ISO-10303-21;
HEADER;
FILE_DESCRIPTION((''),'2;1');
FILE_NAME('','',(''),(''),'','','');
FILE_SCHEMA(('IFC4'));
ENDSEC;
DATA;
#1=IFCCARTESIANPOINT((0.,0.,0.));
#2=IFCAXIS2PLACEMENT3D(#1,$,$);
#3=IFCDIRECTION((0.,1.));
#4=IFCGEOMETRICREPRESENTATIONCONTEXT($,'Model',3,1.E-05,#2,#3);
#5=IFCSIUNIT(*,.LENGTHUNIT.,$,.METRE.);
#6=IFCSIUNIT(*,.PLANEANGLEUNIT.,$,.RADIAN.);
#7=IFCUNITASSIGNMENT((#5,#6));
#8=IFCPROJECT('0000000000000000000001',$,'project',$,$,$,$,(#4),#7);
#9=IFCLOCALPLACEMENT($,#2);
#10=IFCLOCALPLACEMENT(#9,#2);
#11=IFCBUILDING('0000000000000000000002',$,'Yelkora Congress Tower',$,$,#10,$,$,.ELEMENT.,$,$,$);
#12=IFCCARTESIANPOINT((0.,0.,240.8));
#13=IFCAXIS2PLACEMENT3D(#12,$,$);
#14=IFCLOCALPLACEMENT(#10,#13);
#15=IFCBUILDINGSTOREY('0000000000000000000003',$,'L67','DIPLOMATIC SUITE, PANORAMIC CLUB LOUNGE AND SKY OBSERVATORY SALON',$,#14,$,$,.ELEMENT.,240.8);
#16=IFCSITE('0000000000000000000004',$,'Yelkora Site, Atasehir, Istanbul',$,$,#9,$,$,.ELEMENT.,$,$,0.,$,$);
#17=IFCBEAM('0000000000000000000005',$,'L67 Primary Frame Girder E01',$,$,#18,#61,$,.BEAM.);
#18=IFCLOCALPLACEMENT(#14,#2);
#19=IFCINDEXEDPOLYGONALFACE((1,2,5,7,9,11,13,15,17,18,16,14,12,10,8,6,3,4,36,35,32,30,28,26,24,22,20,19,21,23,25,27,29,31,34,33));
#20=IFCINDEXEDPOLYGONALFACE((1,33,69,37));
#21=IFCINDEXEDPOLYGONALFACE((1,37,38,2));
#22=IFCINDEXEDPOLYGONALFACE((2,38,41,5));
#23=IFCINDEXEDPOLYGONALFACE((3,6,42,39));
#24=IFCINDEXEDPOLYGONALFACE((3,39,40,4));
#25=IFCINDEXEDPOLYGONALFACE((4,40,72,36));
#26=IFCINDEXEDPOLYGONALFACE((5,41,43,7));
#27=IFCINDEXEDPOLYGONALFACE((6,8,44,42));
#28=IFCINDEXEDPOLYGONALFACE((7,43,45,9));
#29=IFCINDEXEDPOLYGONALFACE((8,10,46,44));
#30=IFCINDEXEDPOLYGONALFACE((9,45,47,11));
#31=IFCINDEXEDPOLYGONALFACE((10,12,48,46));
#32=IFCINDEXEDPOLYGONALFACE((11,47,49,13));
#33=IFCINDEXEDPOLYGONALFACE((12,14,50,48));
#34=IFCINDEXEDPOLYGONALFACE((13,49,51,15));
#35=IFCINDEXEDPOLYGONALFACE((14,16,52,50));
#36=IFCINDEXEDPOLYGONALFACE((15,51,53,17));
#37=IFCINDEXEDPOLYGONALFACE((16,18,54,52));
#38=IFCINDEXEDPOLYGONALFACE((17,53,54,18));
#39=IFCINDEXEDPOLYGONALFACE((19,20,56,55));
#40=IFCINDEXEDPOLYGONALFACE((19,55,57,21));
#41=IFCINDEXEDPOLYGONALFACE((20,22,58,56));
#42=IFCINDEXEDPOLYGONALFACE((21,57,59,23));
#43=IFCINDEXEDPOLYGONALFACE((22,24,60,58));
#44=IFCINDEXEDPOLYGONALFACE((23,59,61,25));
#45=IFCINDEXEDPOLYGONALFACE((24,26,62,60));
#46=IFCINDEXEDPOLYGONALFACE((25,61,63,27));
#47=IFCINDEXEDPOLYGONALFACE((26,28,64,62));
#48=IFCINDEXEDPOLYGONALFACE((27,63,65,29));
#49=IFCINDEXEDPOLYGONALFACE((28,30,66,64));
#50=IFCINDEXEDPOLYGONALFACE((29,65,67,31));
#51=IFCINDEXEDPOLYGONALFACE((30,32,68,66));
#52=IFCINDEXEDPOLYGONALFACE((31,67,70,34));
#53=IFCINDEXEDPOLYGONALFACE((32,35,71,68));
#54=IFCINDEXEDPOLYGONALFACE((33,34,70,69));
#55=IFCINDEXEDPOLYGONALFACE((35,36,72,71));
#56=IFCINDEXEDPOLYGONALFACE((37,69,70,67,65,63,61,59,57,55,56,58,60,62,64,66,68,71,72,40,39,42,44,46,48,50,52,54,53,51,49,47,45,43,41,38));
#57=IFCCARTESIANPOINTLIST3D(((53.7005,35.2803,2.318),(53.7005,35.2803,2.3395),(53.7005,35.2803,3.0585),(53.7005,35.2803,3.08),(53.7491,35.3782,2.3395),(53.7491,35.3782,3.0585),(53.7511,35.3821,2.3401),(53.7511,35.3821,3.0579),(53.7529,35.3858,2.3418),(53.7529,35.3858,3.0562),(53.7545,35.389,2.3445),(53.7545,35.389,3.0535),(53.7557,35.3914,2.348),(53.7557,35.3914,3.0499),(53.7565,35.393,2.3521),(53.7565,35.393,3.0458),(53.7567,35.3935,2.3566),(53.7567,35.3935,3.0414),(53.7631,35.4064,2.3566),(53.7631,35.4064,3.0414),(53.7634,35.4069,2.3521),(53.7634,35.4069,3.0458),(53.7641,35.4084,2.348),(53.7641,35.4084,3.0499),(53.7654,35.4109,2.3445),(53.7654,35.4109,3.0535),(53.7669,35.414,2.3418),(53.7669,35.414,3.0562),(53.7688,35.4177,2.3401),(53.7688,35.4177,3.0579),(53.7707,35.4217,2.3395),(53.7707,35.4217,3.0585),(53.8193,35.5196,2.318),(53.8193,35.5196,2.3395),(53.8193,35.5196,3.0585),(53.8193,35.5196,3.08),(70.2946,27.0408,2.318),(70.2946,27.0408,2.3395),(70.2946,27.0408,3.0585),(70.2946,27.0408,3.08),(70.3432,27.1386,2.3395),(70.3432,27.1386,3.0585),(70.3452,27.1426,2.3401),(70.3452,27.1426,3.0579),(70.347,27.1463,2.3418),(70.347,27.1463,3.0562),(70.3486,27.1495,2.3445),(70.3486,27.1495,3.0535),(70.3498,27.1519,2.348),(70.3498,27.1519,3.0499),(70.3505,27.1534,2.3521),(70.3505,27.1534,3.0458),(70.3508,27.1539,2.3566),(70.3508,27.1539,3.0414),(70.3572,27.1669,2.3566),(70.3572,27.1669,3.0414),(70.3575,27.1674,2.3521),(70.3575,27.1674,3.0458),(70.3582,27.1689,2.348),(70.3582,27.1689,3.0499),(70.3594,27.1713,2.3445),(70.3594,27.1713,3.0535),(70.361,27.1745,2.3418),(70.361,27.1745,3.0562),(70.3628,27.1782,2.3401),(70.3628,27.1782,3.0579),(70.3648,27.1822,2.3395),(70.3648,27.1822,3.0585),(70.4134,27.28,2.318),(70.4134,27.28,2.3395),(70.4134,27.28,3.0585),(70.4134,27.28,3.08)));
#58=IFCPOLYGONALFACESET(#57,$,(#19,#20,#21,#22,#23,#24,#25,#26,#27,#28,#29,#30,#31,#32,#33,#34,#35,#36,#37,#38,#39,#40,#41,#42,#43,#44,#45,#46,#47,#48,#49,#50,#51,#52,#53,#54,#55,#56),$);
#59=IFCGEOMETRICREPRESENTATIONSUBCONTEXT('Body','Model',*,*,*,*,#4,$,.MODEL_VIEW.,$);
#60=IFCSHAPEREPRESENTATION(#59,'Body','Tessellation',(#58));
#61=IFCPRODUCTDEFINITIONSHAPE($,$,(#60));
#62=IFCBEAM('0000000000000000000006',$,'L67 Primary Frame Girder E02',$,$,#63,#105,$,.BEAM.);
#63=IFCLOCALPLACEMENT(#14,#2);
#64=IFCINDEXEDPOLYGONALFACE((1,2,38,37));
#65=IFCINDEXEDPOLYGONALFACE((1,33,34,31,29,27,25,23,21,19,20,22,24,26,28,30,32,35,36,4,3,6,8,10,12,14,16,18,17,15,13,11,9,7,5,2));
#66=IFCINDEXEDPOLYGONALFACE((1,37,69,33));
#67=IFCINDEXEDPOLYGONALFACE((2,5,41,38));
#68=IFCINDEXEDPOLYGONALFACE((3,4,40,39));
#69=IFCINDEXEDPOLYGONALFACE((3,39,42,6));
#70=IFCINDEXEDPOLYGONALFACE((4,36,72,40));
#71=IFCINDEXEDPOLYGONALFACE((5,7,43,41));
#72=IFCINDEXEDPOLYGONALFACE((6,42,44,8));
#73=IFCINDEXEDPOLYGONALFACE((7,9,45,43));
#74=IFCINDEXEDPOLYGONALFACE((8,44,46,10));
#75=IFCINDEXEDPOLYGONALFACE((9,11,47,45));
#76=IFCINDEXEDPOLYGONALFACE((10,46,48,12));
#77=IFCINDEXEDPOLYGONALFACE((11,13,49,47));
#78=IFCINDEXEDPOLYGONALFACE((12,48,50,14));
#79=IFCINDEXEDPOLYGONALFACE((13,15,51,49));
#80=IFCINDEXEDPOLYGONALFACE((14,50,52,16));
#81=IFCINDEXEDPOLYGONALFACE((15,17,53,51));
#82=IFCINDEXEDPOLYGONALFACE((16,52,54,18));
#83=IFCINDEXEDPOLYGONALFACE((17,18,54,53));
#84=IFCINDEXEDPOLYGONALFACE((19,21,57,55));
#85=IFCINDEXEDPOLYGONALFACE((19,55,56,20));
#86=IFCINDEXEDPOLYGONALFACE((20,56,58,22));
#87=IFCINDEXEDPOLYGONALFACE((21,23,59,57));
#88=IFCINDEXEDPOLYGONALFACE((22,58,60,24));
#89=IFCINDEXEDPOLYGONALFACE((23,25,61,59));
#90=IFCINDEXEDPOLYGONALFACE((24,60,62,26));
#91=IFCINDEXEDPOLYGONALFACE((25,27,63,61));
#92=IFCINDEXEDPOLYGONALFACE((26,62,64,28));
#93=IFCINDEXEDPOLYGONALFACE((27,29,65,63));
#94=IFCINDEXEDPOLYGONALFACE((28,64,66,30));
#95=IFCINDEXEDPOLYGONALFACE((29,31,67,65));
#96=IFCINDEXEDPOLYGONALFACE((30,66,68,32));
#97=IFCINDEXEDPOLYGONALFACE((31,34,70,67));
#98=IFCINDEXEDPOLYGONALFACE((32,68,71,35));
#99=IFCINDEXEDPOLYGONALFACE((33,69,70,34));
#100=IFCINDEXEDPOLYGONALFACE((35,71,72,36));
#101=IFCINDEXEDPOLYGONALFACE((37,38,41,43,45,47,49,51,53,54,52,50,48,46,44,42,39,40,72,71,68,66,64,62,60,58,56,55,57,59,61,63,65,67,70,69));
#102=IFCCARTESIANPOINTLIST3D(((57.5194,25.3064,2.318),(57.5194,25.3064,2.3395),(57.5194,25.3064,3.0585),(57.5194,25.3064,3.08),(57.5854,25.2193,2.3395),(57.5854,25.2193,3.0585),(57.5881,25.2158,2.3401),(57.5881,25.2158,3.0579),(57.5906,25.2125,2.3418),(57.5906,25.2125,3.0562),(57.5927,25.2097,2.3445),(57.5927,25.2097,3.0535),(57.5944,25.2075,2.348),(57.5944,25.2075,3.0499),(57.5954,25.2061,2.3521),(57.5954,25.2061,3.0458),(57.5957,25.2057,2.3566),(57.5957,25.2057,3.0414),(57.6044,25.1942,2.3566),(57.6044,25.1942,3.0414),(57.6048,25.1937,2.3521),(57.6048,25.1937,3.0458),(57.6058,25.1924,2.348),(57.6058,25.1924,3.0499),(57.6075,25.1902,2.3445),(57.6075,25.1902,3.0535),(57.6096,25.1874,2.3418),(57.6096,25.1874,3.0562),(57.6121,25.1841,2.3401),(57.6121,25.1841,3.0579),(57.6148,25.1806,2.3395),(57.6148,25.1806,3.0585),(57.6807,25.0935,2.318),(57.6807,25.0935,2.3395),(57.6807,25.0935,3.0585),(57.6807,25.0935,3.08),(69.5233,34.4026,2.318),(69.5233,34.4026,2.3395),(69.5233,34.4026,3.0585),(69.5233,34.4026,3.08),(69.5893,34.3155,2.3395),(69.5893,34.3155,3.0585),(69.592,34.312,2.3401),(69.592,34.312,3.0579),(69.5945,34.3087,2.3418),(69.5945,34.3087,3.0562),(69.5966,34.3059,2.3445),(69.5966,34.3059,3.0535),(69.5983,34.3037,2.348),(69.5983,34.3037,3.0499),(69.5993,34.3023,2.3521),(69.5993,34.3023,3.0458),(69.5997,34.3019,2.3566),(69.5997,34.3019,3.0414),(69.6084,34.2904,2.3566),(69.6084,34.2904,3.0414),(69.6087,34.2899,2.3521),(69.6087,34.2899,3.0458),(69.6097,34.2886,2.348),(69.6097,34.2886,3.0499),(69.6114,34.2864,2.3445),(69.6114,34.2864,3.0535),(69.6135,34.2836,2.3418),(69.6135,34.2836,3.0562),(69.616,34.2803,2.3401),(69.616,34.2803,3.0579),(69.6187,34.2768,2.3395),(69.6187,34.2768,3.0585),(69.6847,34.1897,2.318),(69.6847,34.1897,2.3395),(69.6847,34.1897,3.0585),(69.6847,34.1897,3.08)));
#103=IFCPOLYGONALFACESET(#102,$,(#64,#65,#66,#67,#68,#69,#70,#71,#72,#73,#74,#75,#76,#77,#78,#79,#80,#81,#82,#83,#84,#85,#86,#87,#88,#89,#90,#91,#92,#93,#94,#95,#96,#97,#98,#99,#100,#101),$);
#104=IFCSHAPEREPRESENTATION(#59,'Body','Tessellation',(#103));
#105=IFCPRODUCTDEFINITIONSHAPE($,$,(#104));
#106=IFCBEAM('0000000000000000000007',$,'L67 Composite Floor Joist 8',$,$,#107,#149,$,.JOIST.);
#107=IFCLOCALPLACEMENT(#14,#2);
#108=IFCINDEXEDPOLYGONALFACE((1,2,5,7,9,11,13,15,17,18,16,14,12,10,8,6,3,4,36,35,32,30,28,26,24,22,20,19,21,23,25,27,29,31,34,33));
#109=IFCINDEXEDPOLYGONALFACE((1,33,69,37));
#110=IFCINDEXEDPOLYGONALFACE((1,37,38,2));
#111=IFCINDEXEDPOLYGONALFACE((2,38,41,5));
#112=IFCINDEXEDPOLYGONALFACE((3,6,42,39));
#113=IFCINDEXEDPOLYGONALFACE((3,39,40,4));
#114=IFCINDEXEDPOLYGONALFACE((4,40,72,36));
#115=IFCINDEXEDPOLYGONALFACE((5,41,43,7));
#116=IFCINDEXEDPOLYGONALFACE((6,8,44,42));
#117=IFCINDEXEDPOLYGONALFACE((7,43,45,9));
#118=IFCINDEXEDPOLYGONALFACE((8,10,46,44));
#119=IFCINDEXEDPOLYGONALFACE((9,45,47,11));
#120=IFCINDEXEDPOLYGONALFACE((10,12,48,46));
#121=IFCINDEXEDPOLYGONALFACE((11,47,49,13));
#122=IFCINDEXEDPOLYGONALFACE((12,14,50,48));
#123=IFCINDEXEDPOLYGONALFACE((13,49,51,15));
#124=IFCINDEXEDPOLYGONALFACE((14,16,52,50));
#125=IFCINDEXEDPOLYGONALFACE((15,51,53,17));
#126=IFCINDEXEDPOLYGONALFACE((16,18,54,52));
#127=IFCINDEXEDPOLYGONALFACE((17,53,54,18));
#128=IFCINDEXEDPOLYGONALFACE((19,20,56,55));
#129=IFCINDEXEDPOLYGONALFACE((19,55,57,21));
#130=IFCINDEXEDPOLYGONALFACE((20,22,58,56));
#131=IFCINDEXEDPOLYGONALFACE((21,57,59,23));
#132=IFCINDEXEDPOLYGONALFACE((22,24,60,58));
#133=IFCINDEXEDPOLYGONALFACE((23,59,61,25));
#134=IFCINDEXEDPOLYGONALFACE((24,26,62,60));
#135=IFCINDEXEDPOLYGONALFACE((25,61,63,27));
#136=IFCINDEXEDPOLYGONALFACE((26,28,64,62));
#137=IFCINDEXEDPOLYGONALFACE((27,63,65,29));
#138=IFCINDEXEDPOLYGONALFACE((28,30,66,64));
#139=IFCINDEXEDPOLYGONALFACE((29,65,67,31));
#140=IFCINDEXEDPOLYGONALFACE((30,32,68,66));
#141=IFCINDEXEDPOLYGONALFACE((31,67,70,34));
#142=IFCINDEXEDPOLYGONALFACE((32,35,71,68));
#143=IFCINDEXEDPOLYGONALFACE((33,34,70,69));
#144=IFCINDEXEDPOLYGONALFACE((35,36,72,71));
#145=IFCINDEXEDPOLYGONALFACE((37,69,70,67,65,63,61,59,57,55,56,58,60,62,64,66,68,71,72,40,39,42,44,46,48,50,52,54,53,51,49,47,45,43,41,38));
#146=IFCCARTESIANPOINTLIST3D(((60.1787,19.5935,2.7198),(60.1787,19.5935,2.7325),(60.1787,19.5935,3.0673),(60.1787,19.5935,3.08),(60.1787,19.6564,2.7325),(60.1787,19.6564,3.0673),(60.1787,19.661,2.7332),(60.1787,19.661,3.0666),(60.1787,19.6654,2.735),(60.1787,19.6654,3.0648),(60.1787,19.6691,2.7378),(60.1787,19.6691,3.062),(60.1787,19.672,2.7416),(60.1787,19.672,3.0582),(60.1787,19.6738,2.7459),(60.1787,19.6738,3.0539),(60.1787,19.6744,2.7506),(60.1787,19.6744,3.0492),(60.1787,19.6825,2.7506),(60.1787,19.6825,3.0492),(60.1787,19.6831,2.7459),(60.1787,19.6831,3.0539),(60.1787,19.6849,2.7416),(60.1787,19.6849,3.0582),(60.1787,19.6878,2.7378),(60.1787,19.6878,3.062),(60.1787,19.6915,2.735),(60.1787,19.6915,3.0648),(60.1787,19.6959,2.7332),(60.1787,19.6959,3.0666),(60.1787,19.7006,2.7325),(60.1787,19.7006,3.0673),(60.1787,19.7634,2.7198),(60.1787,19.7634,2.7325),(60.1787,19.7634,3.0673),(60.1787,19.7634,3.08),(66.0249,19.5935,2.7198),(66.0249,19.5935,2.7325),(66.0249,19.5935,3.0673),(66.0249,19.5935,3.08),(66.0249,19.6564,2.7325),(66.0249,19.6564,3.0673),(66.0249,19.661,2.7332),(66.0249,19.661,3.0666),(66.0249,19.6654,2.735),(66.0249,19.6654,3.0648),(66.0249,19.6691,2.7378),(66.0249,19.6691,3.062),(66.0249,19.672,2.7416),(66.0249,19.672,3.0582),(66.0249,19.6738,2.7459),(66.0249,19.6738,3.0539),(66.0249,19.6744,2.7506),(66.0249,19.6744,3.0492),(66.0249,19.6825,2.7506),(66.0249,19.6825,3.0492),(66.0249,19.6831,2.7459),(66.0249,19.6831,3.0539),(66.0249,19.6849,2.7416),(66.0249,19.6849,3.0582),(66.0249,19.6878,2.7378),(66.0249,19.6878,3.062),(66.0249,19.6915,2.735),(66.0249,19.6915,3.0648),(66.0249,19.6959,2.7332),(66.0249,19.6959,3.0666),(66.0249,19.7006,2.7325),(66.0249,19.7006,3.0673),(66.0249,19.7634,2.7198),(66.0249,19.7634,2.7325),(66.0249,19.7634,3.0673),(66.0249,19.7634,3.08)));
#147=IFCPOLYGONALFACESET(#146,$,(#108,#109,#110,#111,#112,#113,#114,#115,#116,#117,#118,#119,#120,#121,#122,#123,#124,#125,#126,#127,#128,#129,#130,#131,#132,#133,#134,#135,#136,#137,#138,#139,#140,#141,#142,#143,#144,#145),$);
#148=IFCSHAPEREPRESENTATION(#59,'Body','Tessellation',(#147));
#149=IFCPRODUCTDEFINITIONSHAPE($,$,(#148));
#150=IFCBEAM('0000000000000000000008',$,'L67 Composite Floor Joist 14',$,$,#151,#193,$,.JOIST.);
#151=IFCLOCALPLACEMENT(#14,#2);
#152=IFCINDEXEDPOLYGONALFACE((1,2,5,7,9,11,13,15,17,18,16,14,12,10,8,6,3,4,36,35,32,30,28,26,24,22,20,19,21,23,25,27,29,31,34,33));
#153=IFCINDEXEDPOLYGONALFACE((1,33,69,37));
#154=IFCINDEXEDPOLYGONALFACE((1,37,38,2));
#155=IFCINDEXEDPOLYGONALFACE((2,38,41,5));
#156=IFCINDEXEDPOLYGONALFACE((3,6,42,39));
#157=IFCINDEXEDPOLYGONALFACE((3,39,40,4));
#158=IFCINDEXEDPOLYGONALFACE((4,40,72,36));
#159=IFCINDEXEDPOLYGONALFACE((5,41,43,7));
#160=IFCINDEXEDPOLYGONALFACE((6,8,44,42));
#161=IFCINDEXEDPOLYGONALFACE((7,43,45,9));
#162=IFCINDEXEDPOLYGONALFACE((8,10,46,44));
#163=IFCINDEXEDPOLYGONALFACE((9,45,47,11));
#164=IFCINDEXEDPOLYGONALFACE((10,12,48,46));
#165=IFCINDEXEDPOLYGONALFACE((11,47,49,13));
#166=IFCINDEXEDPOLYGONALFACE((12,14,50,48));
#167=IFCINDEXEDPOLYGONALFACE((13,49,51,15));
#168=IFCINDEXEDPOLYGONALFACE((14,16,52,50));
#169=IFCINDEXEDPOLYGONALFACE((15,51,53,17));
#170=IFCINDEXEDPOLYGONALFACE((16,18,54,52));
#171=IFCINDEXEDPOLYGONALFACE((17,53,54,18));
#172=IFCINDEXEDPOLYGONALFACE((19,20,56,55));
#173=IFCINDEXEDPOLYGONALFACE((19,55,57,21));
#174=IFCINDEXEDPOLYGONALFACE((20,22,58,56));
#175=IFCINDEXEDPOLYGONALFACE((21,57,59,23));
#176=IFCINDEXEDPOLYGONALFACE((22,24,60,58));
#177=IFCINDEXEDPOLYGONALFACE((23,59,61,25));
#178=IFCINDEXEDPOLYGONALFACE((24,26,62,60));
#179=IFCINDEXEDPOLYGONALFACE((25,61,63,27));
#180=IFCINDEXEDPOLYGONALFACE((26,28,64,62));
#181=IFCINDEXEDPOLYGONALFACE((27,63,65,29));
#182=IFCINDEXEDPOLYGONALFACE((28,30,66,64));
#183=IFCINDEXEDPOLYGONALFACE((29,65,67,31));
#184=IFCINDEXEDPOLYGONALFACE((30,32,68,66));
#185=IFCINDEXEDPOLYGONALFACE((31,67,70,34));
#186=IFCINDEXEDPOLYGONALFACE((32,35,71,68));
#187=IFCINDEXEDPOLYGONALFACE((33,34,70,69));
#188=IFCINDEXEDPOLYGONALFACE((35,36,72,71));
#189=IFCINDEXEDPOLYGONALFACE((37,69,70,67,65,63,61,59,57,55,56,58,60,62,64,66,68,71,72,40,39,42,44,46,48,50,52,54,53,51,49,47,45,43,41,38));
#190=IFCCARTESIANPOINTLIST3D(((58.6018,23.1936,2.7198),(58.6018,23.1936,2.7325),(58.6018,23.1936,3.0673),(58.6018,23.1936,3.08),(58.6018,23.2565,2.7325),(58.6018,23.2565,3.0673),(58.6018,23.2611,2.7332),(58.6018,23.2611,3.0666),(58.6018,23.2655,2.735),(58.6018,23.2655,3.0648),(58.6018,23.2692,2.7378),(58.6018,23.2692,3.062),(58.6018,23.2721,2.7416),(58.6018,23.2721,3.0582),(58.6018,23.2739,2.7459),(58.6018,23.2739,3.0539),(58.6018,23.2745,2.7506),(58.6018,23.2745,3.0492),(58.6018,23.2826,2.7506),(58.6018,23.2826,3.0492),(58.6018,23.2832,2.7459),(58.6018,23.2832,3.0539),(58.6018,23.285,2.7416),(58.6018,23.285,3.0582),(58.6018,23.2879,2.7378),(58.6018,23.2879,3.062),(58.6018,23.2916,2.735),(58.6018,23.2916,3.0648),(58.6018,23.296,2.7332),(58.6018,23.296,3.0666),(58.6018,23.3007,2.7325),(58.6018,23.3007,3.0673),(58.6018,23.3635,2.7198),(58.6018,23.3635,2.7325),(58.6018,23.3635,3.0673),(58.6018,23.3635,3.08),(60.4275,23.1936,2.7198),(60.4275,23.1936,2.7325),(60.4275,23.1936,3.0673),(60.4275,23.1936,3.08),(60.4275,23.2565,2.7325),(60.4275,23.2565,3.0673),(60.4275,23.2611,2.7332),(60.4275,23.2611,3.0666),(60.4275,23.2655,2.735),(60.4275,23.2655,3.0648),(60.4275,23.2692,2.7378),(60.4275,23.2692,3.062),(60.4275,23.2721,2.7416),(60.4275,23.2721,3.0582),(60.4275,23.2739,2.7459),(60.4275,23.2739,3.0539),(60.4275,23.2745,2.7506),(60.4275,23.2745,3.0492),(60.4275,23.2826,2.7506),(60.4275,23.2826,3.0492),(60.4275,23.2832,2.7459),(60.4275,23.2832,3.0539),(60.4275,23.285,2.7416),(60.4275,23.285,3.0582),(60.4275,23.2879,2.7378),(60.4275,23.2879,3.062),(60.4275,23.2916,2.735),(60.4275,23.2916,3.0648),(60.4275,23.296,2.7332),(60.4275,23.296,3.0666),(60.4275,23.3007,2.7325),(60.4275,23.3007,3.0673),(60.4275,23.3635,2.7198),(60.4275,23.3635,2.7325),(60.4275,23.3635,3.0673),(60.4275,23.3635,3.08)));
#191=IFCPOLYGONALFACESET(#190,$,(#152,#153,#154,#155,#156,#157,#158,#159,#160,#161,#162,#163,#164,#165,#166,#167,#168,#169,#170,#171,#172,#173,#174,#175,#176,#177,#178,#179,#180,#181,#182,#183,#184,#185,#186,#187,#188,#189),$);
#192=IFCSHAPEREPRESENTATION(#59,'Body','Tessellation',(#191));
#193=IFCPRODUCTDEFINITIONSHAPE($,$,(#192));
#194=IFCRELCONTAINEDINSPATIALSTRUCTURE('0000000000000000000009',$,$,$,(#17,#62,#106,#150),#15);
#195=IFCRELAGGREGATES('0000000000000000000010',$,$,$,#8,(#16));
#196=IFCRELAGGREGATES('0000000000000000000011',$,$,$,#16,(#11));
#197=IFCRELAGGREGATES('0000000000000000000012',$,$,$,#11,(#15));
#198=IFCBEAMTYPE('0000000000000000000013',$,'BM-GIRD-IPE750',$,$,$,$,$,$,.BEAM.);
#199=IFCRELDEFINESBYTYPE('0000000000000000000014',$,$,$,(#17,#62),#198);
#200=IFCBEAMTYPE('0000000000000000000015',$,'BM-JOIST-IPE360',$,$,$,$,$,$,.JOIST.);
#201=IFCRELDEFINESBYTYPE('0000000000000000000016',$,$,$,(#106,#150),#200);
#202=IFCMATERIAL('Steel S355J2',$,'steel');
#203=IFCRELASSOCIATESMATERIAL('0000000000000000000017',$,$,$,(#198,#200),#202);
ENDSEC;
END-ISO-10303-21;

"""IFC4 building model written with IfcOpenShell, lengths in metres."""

from ifc_helpers import new_model, si_unit, direction, frame, origin, origin_2d, place, context, subcontext, project, spatial, i_section, extrude, material, material_profile, profile_set, type_object, element, save


model = new_model("IFC4")

# Units and contexts
model_context = context("Model", 3, precision=1e-05, world=origin(), true_north=direction((0.0, 1.0)))
body_context = subcontext(model_context, "Body", "Model", "MODEL_VIEW")
ifc_project = project(units=[si_unit("LENGTHUNIT", "METRE"), si_unit("PLANEANGLEUNIT", "RADIAN")], contexts=[model_context])

# Site, building, storey
site_placement = place(None, origin())
site = spatial("IfcSite", under=ifc_project, at=site_placement, Name="Yelkora Site, Atasehir, Istanbul", CompositionType="ELEMENT", RefElevation=0.0)
building_placement = place(site_placement, origin())
building = spatial("IfcBuilding", under=site, at=building_placement, Name="Yelkora Congress Tower", CompositionType="ELEMENT")
storey_placement = place(building_placement, frame((0.0, 0.0, 240.8)))
storey = spatial("IfcBuildingStorey", under=building, at=storey_placement, Name="L67", Description="DIPLOMATIC SUITE, PANORAMIC CLUB LOUNGE AND SKY OBSERVATORY SALON", CompositionType="ELEMENT", Elevation=240.8)

# Shared definitions
ifc_material_1 = material(Name="Steel S355J2", Category="steel")

# Beams
ifc_material_profile_1 = material_profile(ifc_material_1, i_section(OverallWidth=0.2671, OverallDepth=0.762, WebThickness=0.0144, FlangeThickness=0.0215, FilletRadius=0.0171, at=origin_2d()), Name="IPE 750x173")
ifc_profile_set_1 = profile_set([ifc_material_profile_1], Name="Steel S355J2")
beam_type_1 = type_object("IfcBeamType", Name="BM-GIRD-IPE750", PredefinedType="BEAM", material=ifc_profile_set_1)
beam_1_placement = place(storey_placement, frame((70.354, 27.1604, 2.699), z_axis=(-0.895665, 0.444729, 0.0), x_axis=(-0.444729, -0.895665, 0.0)))
element("IfcBeam", 1, at=beam_1_placement, inside=storey, type_object=beam_type_1, Name="L67 Primary Frame Girder E01", PredefinedType="BEAM", context=body_context, shape_type="SweptSolid", body=[
    extrude(i_section(OverallWidth=0.2671, OverallDepth=0.762, WebThickness=0.0144, FlangeThickness=0.0215, FilletRadius=0.0171, at=origin_2d()), origin(), (0.0, 0.0, 1.0), 18.5271),
])
beam_2_placement = place(storey_placement, frame((69.604, 34.2961, 2.699), z_axis=(-0.797018, -0.603956, 0.0), x_axis=(0.603956, -0.797018, 0.0)))
element("IfcBeam", 2, at=beam_2_placement, inside=storey, type_object=beam_type_1, Name="L67 Primary Frame Girder E02", PredefinedType="BEAM", context=body_context, shape_type="SweptSolid", body=[
    extrude(i_section(OverallWidth=0.2671, OverallDepth=0.762, WebThickness=0.0144, FlangeThickness=0.0215, FilletRadius=0.0171, at=origin_2d()), origin(), (0.0, 0.0, 1.0), 15.061),
])
ifc_material_profile_2 = material_profile(ifc_material_1, i_section(OverallWidth=0.1699, OverallDepth=0.3601, WebThickness=0.0081, FlangeThickness=0.0127, FilletRadius=0.0181, at=origin_2d()), Name="IPE 360")
ifc_profile_set_2 = profile_set([ifc_material_profile_2], Name="Steel S355J2")
beam_type_2 = type_object("IfcBeamType", Name="BM-JOIST-IPE360", PredefinedType="JOIST", material=ifc_profile_set_2)
beam_3_placement = place(storey_placement, frame((60.1787, 19.6785, 2.8999), z_axis=(1.0, 0.0, 0.0), x_axis=(0.0, 1.0, 0.0)))
element("IfcBeam", 3, at=beam_3_placement, inside=storey, type_object=beam_type_2, Name="L67 Composite Floor Joist 8", PredefinedType="JOIST", context=body_context, shape_type="SweptSolid", body=[
    extrude(i_section(OverallWidth=0.1699, OverallDepth=0.3601, WebThickness=0.0081, FlangeThickness=0.0127, FilletRadius=0.0181, at=origin_2d()), origin(), (0.0, 0.0, 1.0), 5.8462),
])
beam_4_placement = place(storey_placement, frame((58.6018, 23.2786, 2.8999), z_axis=(1.0, 0.0, 0.0), x_axis=(0.0, 1.0, 0.0)))
element("IfcBeam", 4, at=beam_4_placement, inside=storey, type_object=beam_type_2, Name="L67 Composite Floor Joist 14", PredefinedType="JOIST", context=body_context, shape_type="SweptSolid", body=[
    extrude(i_section(OverallWidth=0.1699, OverallDepth=0.3601, WebThickness=0.0081, FlangeThickness=0.0127, FilletRadius=0.0181, at=origin_2d()), origin(), (0.0, 0.0, 1.0), 1.8257),
])

save(model, "model.ifc")
